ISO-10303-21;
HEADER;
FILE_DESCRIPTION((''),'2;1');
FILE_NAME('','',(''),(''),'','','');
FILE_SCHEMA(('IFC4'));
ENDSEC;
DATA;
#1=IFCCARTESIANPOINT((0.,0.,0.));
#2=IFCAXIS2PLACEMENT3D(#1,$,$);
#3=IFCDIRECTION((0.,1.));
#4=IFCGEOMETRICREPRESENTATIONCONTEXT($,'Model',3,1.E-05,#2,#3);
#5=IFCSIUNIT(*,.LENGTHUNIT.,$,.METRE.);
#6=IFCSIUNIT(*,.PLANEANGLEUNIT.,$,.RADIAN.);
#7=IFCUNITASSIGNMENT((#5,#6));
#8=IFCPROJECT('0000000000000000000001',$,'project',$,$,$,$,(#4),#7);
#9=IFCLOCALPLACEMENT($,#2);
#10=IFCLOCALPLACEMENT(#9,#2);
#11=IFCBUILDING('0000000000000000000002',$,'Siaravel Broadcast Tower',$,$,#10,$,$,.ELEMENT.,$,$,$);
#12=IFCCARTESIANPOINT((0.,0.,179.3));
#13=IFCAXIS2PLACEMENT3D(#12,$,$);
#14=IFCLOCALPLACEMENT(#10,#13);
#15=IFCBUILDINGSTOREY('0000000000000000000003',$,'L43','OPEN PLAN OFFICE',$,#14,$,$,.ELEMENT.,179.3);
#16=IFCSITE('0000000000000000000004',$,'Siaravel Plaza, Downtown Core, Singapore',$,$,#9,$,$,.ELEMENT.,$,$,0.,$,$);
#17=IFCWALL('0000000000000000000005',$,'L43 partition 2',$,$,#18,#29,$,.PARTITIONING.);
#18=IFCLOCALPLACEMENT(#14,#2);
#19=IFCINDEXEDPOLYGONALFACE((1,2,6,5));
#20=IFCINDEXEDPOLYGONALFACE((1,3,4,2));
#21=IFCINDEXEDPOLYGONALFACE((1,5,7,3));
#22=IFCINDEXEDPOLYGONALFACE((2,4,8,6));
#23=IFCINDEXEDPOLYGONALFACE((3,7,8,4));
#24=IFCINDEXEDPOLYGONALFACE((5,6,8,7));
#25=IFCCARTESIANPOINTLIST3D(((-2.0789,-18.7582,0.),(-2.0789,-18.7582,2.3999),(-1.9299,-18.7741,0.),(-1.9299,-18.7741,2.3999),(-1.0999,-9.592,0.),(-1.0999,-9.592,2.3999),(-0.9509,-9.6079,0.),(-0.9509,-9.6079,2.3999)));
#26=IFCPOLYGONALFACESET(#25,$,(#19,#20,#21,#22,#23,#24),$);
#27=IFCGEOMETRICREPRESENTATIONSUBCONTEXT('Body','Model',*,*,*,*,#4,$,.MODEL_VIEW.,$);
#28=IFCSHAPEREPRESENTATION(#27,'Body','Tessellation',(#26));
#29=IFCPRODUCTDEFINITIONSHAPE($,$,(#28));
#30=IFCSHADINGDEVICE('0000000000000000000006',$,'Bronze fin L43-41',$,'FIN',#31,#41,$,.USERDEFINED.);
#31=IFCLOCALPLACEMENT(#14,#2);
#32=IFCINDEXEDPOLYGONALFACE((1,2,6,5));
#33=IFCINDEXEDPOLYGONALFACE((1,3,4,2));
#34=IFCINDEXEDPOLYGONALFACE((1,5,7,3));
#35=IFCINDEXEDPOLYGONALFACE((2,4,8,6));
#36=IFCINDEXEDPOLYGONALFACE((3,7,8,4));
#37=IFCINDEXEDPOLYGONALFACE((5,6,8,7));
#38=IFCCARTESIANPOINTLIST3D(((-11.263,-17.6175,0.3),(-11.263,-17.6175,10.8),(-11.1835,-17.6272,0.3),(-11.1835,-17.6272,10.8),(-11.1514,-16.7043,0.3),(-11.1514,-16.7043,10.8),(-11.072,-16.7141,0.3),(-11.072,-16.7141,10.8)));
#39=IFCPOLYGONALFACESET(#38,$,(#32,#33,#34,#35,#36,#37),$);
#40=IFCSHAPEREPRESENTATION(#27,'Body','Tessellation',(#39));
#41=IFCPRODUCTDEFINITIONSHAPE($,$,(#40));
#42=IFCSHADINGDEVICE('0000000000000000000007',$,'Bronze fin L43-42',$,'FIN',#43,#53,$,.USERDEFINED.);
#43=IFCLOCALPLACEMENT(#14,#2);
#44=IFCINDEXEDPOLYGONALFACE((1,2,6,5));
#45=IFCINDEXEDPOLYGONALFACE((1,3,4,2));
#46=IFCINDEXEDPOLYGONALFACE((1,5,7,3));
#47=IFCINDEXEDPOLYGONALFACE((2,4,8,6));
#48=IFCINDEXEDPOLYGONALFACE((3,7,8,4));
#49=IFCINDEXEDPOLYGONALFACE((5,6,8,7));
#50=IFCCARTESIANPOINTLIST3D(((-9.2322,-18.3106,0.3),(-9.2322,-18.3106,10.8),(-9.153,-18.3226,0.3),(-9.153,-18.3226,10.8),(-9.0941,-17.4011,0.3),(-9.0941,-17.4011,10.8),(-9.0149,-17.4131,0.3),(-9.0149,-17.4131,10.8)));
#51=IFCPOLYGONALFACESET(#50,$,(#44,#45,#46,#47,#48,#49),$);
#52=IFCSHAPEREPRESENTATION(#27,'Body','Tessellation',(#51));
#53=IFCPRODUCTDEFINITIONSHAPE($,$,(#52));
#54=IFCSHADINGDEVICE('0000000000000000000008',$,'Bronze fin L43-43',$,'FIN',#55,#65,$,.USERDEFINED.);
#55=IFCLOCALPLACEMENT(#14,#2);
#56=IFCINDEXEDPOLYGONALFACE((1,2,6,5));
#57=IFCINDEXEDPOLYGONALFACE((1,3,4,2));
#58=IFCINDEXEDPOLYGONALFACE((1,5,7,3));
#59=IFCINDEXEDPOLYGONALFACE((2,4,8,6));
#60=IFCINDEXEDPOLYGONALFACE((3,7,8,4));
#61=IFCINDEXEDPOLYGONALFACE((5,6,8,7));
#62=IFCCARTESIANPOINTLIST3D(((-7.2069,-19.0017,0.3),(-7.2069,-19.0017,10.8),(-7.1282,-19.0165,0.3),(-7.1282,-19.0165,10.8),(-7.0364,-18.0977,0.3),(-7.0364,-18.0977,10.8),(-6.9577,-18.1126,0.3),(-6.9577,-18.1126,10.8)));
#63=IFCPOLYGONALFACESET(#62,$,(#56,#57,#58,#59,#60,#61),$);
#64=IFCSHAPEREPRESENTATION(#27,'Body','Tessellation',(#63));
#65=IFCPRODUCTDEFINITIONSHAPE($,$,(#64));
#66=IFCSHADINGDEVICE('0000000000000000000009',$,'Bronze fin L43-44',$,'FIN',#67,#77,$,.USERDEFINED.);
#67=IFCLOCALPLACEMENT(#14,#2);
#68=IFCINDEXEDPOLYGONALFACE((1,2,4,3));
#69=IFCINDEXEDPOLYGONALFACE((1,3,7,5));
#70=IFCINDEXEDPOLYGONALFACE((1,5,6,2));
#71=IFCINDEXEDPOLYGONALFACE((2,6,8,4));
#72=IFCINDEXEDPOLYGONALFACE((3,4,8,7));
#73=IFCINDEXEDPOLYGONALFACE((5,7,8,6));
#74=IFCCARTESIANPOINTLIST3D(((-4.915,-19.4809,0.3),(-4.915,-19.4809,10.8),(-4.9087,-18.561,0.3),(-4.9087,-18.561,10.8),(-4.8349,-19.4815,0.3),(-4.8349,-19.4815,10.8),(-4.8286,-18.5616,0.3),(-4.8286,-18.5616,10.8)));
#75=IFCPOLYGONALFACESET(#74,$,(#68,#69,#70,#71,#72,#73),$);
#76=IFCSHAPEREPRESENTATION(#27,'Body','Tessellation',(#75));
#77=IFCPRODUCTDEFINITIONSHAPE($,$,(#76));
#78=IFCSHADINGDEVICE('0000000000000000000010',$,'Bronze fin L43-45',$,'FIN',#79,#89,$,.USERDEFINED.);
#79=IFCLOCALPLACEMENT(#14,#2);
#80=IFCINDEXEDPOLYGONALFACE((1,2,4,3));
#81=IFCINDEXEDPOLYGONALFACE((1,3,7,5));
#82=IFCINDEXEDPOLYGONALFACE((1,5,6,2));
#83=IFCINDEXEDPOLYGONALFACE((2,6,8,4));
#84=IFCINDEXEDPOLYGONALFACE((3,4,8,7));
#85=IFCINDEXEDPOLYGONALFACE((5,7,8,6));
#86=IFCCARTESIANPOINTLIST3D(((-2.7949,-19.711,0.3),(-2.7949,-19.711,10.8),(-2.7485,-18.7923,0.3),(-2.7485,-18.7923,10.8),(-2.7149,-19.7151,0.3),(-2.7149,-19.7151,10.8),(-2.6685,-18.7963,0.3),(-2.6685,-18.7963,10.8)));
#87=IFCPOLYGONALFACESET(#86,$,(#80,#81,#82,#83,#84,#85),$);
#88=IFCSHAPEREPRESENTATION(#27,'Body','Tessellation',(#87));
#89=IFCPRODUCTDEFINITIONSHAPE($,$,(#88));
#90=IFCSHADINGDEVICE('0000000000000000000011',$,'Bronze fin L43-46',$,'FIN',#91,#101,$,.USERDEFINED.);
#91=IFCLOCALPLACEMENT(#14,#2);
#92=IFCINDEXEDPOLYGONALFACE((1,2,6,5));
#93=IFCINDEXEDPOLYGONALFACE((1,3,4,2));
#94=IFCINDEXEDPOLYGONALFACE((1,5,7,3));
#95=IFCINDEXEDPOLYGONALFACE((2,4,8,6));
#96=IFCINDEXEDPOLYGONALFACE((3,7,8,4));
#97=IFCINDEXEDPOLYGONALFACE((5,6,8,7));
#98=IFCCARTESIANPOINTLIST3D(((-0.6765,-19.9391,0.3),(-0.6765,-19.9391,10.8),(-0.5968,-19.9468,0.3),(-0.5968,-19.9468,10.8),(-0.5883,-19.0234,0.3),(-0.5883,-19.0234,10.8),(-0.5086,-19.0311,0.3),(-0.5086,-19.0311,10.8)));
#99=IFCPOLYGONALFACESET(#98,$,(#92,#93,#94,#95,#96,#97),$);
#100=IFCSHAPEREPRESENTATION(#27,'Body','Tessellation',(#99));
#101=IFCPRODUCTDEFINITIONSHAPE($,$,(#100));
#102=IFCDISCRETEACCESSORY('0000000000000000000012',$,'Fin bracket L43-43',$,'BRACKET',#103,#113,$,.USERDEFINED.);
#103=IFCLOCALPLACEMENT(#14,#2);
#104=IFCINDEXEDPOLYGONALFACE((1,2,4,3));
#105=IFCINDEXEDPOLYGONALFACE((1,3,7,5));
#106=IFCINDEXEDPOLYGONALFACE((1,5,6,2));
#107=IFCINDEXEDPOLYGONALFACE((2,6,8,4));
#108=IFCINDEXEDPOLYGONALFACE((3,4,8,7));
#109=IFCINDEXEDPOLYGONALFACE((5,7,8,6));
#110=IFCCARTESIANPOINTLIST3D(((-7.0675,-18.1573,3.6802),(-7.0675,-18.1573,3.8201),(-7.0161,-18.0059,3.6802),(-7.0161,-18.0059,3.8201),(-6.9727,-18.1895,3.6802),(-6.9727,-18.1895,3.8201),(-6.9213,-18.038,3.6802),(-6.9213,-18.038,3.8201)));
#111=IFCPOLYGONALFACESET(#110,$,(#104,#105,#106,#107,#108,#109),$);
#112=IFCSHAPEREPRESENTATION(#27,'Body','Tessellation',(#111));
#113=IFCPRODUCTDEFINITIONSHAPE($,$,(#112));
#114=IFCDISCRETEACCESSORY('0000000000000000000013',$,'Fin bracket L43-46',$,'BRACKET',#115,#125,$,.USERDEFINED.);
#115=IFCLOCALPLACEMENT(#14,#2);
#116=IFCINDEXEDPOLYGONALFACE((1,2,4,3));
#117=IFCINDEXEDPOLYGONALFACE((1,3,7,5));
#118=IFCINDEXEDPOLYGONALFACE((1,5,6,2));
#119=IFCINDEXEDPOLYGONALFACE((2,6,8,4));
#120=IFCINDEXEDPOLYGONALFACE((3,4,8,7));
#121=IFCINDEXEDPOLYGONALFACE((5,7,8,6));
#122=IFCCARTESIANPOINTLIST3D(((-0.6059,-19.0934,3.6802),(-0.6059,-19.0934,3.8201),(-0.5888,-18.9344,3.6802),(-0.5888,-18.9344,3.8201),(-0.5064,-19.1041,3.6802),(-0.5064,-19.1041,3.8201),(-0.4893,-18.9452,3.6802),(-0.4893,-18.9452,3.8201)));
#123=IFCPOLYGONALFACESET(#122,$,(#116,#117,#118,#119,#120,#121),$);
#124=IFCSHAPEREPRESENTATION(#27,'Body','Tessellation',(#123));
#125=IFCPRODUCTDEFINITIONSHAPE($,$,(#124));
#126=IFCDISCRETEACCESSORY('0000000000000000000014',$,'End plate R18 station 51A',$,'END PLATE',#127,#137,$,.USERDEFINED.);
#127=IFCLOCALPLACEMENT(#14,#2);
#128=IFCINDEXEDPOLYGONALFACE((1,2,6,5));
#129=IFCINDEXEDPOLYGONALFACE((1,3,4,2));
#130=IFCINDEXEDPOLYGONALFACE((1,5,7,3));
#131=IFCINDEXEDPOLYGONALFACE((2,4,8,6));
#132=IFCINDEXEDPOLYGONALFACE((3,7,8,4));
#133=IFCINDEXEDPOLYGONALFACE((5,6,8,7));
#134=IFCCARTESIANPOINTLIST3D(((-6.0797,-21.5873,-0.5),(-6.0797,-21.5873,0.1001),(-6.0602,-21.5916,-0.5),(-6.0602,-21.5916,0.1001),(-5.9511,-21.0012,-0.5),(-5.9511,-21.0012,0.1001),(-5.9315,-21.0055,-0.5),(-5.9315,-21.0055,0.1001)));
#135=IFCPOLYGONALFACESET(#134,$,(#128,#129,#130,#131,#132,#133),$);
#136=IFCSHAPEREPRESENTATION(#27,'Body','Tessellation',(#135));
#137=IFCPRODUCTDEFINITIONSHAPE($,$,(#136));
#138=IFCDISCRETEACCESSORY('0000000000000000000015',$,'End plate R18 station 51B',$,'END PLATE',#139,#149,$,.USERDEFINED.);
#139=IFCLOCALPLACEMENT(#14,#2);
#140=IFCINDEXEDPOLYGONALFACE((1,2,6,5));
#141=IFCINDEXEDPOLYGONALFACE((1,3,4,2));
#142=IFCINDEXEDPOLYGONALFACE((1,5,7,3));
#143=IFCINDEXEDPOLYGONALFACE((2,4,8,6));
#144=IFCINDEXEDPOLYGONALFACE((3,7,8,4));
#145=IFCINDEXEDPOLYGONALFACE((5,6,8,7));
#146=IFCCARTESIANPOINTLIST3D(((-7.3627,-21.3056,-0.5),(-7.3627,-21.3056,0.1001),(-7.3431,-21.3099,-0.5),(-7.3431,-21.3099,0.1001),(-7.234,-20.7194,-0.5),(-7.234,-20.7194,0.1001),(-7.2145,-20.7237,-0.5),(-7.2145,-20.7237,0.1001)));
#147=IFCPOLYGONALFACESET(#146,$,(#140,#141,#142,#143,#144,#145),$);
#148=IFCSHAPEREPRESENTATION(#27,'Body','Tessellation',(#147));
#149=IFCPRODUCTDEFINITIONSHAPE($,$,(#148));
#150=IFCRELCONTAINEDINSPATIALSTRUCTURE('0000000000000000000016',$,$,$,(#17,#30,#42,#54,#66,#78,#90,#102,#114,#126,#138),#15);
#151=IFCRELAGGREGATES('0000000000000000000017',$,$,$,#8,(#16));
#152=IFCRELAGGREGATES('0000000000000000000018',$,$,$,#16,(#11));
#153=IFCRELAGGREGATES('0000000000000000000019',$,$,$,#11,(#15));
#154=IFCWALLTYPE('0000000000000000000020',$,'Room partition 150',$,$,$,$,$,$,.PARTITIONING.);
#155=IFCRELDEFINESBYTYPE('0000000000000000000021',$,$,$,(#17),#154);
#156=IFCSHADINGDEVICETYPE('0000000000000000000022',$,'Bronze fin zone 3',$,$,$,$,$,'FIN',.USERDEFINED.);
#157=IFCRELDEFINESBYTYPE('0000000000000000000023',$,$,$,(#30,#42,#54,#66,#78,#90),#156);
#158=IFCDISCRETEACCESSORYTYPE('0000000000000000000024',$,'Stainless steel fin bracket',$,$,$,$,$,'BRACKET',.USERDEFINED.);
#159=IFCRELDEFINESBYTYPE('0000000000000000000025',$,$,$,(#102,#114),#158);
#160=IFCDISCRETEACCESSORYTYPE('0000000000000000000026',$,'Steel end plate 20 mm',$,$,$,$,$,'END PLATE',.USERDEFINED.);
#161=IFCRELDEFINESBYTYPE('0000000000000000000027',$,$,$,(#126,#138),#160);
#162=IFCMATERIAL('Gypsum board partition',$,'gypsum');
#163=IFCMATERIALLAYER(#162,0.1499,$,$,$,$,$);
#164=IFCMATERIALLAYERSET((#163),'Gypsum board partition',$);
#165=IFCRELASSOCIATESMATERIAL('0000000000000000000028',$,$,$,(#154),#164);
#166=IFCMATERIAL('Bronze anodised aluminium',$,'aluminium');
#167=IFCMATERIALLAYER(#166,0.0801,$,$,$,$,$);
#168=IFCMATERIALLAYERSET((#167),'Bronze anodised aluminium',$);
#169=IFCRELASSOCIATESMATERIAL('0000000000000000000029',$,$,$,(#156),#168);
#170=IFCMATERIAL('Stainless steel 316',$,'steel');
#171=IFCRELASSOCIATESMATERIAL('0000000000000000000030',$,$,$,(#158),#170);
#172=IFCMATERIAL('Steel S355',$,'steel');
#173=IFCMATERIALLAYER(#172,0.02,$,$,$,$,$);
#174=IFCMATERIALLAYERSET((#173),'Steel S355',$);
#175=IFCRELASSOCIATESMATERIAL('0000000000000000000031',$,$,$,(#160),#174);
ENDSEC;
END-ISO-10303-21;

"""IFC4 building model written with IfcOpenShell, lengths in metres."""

from ifc_helpers import new_model, si_unit, direction, frame, frame_2d, origin, origin_2d, place, context, subcontext, project, spatial, rectangle, extrude, material, layer, layer_set, type_object, element, save


model = new_model("IFC4")

# Units and contexts
model_context = context("Model", 3, precision=1e-05, world=origin(), true_north=direction((0.0, 1.0)))
body_context = subcontext(model_context, "Body", "Model", "MODEL_VIEW")
ifc_project = project(units=[si_unit("LENGTHUNIT", "METRE"), si_unit("PLANEANGLEUNIT", "RADIAN")], contexts=[model_context])

# Site, building, storey
site_placement = place(None, origin())
site = spatial("IfcSite", under=ifc_project, at=site_placement, Name="Siaravel Plaza, Downtown Core, Singapore", CompositionType="ELEMENT", RefElevation=0.0)
building_placement = place(site_placement, origin())
building = spatial("IfcBuilding", under=site, at=building_placement, Name="Siaravel Broadcast Tower", CompositionType="ELEMENT")
storey_placement = place(building_placement, frame((0.0, 0.0, 179.3)))
storey = spatial("IfcBuildingStorey", under=building, at=storey_placement, Name="L43", Description="OPEN PLAN OFFICE", CompositionType="ELEMENT", Elevation=179.3)

# Shared definitions
ifc_material_1 = material(Name="Steel S355", Category="steel")

# Wall
ifc_material_2 = material(Name="Gypsum board partition", Category="gypsum")
ifc_layer_1 = layer(ifc_material_2, 0.1499)
ifc_layer_set_1 = layer_set([ifc_layer_1], Name="Gypsum board partition")
wall_type = type_object("IfcWallType", Name="Room partition 150", PredefinedType="PARTITIONING", material=ifc_layer_set_1)
wall_placement = place(storey_placement, frame((-2.0044, -18.7661, 0.0), z_axis=(0.0, 0.0, 1.0), x_axis=(0.106204, 0.994344, 0.0)))
element("IfcWall", 1, at=wall_placement, inside=storey, type_object=wall_type, Name="L43 partition 2", PredefinedType="PARTITIONING", context=body_context, shape_type="SweptSolid", body=[
    extrude(rectangle(XDim=9.2183, YDim=0.1499, at=frame_2d((4.6091, 0.0))), origin(), (0.0, 0.0, 1.0), 2.3999),
])

# Shading devices
ifc_material_3 = material(Name="Bronze anodised aluminium", Category="aluminium")
ifc_layer_2 = layer(ifc_material_3, 0.0801)
ifc_layer_set_2 = layer_set([ifc_layer_2], Name="Bronze anodised aluminium")
shading_device_type = type_object("IfcShadingDeviceType", Name="Bronze fin zone 3", ElementType="FIN", PredefinedType="USERDEFINED", material=ifc_layer_set_2)
for number, where, z_axis, x_axis, name in (
    (2, (-11.1675, -17.1658, 0.3), (0.0, 0.0, 1.0), (-0.121273, -0.992619, 0.0), "Bronze fin L43-41"),
    (3, (-9.1235, -17.8618, 0.3), (0.0, 0.0, 1.0), (-0.150127, -0.988667, 0.0), "Bronze fin L43-42"),
    (4, (-7.0823, -18.5571, 0.3), (0.0, 0.0, 1.0), (-0.185358, -0.982671, 0.0), "Bronze fin L43-43"),
    (5, (-4.8718, -19.0212, 0.3), (0.0, 0.0, 1.0), (-0.006835, -0.999977, 0.0), "Bronze fin L43-44"),
    (6, (-2.7317, -19.2537, 0.3), (0.0, 0.0, 1.0), (-0.05045, -0.998727, 0.0), "Bronze fin L43-45"),
    (7, (-0.5925, -19.4851, 0.3), (0.0, 0.0, 1.0), (-0.095875, -0.995393, 0.0), "Bronze fin L43-46"),
):
    element("IfcShadingDevice", number, at=place(storey_placement, frame(where, z_axis=z_axis, x_axis=x_axis)), inside=storey, type_object=shading_device_type, Name=name, ObjectType="FIN", PredefinedType="USERDEFINED", context=body_context, shape_type="SweptSolid", body=[
        extrude(rectangle(XDim=0.9199, YDim=0.0801, at=origin_2d()), origin(), (0.0, 0.0, 1.0), 10.5),
    ])

# Discrete accessories
ifc_material_4 = material(Name="Stainless steel 316", Category="steel")
discrete_accessory_type_1 = type_object("IfcDiscreteAccessoryType", Name="Stainless steel fin bracket", ElementType="BRACKET", PredefinedType="USERDEFINED", material=ifc_material_4)
for number, where, z_axis, x_axis, name in (
    (8, (-6.9944, -18.0977, 3.6802), (0.0, 0.0, 1.0), (-0.321301, -0.946977, 0.0), "Fin bracket L43-43"),
    (9, (-0.5476, -19.0193, 3.6802), (0.0, 0.0, 1.0), (-0.107217, -0.994236, 0.0), "Fin bracket L43-46"),
):
    element("IfcDiscreteAccessory", number, at=place(storey_placement, frame(where, z_axis=z_axis, x_axis=x_axis)), inside=storey, type_object=discrete_accessory_type_1, Name=name, ObjectType="BRACKET", PredefinedType="USERDEFINED", context=body_context, shape_type="SweptSolid", body=[
        extrude(rectangle(XDim=0.1599, YDim=0.1001, at=origin_2d()), origin(), (0.0, 0.0, 1.0), 0.1399),
    ])
ifc_layer_3 = layer(ifc_material_1, 0.02)
ifc_layer_set_3 = layer_set([ifc_layer_3], Name="Steel S355")
discrete_accessory_type_2 = type_object("IfcDiscreteAccessoryType", Name="Steel end plate 20 mm", ElementType="END PLATE", PredefinedType="USERDEFINED", material=ifc_layer_set_3)
for number, where, z_axis, x_axis, name in (
    (10, (-6.0056, -21.2964, -0.5), (0.0, 0.0, 1.0), (0.976751, -0.214377, 0.0), "End plate R18 station 51A"),
    (11, (-7.2886, -21.0146, -0.5), (0.0, 0.0, 1.0), (0.976751, -0.214377, 0.0), "End plate R18 station 51B"),
):
    element("IfcDiscreteAccessory", number, at=place(storey_placement, frame(where, z_axis=z_axis, x_axis=x_axis)), inside=storey, type_object=discrete_accessory_type_2, Name=name, ObjectType="END PLATE", PredefinedType="USERDEFINED", context=body_context, shape_type="SweptSolid", body=[
        extrude(rectangle(XDim=0.02, YDim=0.6001, at=origin_2d()), origin(), (0.0, 0.0, 1.0), 0.6001),
    ])

save(model, "model.ifc")
